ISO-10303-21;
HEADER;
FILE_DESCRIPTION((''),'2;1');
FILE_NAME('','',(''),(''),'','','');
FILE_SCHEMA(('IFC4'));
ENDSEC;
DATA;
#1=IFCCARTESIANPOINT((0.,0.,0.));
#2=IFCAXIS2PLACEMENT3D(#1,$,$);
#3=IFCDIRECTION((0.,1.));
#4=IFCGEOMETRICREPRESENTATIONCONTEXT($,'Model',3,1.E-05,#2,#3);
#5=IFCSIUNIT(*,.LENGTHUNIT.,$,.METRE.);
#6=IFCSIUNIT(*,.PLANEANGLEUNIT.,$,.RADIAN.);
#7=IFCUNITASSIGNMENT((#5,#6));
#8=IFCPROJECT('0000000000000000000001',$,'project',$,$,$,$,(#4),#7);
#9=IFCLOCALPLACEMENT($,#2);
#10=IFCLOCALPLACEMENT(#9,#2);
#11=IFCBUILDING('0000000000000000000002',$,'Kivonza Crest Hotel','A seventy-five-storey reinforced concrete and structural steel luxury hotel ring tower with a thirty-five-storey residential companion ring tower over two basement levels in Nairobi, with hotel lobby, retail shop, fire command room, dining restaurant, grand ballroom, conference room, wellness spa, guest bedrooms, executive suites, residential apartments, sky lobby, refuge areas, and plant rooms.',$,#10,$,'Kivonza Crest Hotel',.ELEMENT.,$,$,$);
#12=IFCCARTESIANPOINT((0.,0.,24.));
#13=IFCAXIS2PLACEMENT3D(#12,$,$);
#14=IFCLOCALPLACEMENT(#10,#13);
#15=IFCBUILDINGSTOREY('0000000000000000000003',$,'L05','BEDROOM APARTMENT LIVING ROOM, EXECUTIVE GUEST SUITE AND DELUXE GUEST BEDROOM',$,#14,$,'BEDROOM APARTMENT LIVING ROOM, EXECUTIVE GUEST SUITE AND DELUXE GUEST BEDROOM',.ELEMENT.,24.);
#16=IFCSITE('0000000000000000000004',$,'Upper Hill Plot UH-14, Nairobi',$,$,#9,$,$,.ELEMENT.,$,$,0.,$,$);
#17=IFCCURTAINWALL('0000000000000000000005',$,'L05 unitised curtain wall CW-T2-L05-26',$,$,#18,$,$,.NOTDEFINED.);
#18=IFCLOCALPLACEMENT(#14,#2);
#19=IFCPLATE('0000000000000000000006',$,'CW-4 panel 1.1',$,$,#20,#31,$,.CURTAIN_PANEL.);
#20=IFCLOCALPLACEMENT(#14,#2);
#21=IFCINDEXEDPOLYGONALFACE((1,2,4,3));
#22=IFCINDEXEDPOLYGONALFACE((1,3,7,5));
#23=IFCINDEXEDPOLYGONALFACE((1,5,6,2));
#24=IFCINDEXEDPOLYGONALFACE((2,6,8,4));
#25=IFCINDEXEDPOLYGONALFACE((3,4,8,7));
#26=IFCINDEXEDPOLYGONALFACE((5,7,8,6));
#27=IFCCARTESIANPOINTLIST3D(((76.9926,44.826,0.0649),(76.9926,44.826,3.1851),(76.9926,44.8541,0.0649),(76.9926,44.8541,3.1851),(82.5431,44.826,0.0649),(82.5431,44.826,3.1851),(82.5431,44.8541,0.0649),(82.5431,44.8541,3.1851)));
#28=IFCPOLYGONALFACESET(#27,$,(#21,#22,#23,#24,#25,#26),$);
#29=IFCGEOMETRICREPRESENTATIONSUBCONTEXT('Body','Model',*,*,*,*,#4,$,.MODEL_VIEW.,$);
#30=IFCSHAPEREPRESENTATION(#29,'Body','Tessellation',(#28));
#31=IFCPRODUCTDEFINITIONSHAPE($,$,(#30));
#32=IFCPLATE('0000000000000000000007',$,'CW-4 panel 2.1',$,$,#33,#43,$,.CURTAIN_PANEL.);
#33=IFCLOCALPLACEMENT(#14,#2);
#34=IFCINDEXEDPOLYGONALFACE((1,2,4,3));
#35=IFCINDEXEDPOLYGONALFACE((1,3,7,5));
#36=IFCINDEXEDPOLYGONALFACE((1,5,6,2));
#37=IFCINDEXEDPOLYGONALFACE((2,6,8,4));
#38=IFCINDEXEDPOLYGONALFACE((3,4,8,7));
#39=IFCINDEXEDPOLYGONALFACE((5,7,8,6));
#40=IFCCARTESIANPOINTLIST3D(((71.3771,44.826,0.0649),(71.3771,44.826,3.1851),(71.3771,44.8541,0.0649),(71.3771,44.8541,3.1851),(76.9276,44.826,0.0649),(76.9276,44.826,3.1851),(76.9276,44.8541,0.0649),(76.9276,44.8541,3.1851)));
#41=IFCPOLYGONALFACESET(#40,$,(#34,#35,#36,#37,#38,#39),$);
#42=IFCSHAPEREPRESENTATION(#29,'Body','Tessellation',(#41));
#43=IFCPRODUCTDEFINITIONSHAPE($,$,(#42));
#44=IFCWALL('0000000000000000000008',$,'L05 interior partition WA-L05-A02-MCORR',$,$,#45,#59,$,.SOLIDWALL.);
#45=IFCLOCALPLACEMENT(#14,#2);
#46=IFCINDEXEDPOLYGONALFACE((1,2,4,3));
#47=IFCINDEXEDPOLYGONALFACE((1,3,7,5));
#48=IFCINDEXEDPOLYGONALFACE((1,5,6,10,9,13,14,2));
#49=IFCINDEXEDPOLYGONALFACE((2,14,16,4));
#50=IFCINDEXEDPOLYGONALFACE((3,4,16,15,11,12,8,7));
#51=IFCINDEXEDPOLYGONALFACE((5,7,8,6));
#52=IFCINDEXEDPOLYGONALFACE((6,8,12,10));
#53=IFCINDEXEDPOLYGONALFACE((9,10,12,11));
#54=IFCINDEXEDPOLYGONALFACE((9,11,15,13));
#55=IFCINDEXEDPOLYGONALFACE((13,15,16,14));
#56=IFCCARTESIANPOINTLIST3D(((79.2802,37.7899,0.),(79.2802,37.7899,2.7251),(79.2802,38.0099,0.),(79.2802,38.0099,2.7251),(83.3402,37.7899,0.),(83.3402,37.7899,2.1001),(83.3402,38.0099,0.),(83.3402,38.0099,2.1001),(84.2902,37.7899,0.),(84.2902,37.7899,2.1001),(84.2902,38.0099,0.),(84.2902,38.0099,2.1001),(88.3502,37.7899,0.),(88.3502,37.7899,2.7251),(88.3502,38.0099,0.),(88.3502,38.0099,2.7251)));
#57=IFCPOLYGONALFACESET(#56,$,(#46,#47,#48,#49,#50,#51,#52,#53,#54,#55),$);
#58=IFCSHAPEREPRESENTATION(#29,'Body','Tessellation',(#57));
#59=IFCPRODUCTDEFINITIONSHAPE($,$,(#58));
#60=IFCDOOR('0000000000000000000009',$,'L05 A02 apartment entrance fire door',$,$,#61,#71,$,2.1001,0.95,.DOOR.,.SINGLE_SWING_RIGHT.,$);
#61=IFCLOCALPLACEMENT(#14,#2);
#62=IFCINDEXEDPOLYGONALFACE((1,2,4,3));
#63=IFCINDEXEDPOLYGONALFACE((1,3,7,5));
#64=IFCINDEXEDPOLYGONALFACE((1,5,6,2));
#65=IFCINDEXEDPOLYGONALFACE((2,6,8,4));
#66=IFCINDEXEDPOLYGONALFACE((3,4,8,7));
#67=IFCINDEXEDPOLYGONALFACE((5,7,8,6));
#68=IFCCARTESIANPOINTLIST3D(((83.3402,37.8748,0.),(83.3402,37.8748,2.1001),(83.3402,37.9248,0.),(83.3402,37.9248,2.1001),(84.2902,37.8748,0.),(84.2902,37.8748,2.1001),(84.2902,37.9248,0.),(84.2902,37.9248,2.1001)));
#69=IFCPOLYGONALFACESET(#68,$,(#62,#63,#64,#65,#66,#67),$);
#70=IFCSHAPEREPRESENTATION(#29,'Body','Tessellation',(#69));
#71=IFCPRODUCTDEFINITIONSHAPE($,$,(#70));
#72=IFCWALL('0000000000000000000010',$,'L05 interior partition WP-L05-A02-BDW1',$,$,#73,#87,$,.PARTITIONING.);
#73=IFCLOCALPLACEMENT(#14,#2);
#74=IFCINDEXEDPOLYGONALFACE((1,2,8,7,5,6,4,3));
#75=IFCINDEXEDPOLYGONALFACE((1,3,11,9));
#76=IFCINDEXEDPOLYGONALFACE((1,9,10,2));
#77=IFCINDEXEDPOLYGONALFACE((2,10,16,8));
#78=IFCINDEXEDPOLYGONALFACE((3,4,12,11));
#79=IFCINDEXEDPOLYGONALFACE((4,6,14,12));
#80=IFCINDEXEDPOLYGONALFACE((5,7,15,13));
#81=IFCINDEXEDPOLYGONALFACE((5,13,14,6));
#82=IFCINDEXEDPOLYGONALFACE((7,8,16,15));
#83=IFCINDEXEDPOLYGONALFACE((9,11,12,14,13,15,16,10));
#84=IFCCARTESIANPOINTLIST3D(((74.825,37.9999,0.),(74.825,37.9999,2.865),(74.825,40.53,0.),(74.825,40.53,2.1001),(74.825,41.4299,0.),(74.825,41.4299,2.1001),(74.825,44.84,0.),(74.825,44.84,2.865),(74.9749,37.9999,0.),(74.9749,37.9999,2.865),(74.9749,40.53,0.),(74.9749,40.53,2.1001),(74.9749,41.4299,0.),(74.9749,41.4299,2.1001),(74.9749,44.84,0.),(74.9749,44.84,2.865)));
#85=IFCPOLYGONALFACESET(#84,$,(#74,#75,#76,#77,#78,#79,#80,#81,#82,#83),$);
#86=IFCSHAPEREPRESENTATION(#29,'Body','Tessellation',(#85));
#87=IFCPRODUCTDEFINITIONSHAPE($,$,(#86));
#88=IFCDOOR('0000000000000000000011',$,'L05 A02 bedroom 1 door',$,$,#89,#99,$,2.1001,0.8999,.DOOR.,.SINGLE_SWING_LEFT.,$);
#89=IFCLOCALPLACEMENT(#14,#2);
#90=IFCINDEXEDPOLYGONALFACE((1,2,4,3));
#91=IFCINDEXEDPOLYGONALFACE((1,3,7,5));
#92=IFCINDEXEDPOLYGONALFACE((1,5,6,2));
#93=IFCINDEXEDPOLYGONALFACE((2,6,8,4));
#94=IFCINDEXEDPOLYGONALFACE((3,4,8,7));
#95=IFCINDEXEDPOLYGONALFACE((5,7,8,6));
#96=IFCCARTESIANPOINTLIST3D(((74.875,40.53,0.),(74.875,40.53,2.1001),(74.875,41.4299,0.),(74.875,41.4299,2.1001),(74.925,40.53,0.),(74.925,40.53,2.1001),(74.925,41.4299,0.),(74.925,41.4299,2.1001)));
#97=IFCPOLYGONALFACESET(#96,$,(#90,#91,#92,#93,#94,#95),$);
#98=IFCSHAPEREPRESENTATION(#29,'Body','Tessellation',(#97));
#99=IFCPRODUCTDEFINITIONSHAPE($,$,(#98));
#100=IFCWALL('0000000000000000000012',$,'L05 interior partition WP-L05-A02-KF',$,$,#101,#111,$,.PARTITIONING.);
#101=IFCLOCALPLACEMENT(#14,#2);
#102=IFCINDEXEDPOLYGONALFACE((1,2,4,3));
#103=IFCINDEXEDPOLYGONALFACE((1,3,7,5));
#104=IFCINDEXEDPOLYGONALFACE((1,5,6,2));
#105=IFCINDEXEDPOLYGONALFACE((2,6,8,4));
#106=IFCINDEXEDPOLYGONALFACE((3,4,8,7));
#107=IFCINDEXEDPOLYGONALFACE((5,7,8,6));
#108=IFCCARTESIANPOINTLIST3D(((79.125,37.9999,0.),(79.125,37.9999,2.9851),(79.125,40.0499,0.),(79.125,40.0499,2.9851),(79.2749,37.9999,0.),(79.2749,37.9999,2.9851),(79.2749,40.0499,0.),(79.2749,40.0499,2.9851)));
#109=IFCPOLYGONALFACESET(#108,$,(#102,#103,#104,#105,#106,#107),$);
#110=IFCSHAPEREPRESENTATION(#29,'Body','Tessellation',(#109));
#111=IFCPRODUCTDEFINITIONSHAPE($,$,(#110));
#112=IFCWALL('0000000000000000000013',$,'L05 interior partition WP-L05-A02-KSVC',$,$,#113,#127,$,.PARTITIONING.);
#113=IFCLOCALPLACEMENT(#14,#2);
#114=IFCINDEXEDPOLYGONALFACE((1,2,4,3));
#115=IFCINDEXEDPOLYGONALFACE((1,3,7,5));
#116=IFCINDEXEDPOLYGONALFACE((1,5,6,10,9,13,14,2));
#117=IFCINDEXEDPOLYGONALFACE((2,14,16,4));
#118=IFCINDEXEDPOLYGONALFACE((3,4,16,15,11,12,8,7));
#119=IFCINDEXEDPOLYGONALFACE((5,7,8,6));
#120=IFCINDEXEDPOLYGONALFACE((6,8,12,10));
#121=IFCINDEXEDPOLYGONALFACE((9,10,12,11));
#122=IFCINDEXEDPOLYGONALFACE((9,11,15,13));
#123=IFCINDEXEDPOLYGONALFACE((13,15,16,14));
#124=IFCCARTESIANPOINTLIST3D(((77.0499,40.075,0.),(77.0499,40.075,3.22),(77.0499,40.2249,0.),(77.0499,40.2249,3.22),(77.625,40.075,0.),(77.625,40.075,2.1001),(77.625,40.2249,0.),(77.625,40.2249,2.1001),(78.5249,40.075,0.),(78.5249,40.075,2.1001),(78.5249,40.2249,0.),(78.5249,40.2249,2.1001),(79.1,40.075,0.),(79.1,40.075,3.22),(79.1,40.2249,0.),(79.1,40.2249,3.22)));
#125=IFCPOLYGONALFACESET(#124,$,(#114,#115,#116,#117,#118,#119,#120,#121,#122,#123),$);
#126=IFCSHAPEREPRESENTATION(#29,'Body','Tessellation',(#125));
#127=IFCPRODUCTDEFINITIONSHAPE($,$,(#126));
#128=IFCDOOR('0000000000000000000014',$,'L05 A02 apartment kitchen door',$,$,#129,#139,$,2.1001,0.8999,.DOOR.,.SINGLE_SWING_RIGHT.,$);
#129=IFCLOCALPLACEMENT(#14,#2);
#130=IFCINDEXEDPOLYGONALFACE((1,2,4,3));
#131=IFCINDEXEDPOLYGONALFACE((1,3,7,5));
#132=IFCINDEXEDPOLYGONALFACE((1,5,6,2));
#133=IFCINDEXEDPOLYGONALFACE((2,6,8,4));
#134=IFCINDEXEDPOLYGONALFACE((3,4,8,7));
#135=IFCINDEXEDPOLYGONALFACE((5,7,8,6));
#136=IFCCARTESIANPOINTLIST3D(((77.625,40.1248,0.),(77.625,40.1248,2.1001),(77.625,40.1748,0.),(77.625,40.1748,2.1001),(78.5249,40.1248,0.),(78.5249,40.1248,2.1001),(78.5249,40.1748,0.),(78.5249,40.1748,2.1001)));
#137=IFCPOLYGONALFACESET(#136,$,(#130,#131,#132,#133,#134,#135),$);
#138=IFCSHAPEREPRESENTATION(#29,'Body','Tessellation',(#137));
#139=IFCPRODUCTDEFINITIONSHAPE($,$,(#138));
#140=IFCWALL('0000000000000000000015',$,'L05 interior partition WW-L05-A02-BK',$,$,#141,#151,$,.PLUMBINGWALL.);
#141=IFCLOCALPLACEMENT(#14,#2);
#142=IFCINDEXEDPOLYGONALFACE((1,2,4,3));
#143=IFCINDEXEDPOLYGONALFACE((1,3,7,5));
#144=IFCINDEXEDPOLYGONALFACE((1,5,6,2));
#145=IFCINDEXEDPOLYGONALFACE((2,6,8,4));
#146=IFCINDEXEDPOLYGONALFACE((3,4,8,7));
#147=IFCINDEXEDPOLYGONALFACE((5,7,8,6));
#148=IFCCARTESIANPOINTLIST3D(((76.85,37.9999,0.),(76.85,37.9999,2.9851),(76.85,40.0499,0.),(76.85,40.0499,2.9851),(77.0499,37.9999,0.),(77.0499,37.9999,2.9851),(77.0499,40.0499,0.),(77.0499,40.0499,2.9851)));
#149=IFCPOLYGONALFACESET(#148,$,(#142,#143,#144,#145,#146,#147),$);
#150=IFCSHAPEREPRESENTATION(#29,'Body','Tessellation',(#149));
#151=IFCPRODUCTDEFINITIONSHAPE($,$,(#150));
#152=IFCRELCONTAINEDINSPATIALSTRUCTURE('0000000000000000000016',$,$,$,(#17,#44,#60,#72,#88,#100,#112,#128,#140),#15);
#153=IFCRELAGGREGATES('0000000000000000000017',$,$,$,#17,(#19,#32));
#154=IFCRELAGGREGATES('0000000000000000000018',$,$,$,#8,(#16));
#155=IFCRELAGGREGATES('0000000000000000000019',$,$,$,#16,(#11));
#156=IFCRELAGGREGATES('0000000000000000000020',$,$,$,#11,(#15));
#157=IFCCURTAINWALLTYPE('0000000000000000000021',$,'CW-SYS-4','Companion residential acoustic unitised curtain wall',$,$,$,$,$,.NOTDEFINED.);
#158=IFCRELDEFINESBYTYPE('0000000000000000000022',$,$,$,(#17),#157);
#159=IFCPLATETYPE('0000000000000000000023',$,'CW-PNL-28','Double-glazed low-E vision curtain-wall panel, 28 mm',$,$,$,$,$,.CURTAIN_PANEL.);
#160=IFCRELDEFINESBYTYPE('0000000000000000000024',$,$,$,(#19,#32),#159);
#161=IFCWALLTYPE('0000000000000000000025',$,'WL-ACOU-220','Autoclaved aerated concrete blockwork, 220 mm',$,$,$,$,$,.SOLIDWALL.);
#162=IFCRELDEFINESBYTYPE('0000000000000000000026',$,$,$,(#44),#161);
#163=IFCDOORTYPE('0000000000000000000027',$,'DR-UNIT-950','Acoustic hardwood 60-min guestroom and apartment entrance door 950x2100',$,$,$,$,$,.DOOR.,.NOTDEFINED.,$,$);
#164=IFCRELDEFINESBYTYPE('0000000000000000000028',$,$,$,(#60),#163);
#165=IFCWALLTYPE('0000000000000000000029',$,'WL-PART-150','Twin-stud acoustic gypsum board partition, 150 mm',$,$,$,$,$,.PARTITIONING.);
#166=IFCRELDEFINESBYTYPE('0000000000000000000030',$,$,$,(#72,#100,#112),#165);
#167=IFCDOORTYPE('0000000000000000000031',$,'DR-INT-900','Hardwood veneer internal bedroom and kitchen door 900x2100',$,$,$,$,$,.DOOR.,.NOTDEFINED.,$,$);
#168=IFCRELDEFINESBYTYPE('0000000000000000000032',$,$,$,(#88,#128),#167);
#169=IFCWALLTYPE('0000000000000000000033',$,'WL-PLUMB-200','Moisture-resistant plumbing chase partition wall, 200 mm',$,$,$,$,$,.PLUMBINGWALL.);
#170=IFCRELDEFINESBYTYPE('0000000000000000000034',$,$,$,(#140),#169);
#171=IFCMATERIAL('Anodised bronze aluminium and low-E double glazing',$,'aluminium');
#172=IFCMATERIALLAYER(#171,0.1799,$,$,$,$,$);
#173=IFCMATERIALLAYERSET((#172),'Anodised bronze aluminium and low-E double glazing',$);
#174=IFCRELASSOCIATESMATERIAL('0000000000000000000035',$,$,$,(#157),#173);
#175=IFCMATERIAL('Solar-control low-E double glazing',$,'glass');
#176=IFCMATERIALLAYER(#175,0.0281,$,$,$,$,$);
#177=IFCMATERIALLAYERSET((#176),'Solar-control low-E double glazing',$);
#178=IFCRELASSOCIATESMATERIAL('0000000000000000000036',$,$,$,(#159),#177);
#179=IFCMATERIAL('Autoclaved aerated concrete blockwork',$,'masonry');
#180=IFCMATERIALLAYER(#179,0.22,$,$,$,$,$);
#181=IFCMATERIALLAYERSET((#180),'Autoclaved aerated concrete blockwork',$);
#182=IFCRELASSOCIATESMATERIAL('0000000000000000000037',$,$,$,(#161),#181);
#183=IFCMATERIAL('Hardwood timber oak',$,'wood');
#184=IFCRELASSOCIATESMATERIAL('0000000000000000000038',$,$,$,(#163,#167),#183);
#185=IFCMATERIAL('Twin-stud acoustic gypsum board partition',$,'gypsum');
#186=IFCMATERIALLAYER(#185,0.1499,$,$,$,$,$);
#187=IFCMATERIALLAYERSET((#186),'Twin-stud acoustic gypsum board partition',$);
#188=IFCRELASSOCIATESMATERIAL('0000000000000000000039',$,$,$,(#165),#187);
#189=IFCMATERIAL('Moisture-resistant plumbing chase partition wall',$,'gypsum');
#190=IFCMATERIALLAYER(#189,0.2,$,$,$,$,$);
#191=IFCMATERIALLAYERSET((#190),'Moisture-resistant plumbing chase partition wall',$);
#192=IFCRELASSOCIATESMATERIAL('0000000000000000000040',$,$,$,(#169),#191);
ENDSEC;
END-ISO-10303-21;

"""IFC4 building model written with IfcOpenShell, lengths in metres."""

from ifc_helpers import new_model, si_unit, direction, frame, frame_2d, origin, origin_2d, place, context, subcontext, project, spatial, rectangle, extrude, material, layer, layer_set, type_object, element, fill, aggregate, save


model = new_model("IFC4")

# Units and contexts
model_context = context("Model", 3, precision=1e-05, world=origin(), true_north=direction((0.0, 1.0)))
body_context = subcontext(model_context, "Body", "Model", "MODEL_VIEW")
ifc_project = project(units=[si_unit("LENGTHUNIT", "METRE"), si_unit("PLANEANGLEUNIT", "RADIAN")], contexts=[model_context])

# Site, building, storey
site_placement = place(None, origin())
site = spatial("IfcSite", under=ifc_project, at=site_placement, Name="Upper Hill Plot UH-14, Nairobi", CompositionType="ELEMENT", RefElevation=0.0)
building_placement = place(site_placement, origin())
building = spatial("IfcBuilding", under=site, at=building_placement, Name="Kivonza Crest Hotel", Description="A seventy-five-storey reinforced concrete and structural steel luxury hotel ring tower with a thirty-five-storey residential companion ring tower over two basement levels in Nairobi, with hotel lobby, retail shop, fire command room, dining restaurant, grand ballroom, conference room, wellness spa, guest bedrooms, executive suites, residential apartments, sky lobby, refuge areas, and plant rooms.", LongName="Kivonza Crest Hotel", CompositionType="ELEMENT")
storey_placement = place(building_placement, frame((0.0, 0.0, 24.0)))
storey = spatial("IfcBuildingStorey", under=building, at=storey_placement, Name="L05", Description="BEDROOM APARTMENT LIVING ROOM, EXECUTIVE GUEST SUITE AND DELUXE GUEST BEDROOM", LongName="BEDROOM APARTMENT LIVING ROOM, EXECUTIVE GUEST SUITE AND DELUXE GUEST BEDROOM", CompositionType="ELEMENT", Elevation=24.0)

# Curtain wall, plates
ifc_material_1 = material(Name="Anodised bronze aluminium and low-E double glazing", Category="aluminium")
ifc_layer_1 = layer(ifc_material_1, 0.1799)
ifc_layer_set_1 = layer_set([ifc_layer_1], Name="Anodised bronze aluminium and low-E double glazing")
curtain_wall_type = type_object("IfcCurtainWallType", Name="CW-SYS-4", Description="Companion residential acoustic unitised curtain wall", PredefinedType="NOTDEFINED", material=ifc_layer_set_1)
curtain_wall_placement = place(storey_placement, origin())
curtain_wall = element("IfcCurtainWall", 1, at=curtain_wall_placement, inside=storey, type_object=curtain_wall_type, Name="L05 unitised curtain wall CW-T2-L05-26", PredefinedType="NOTDEFINED")
ifc_material_2 = material(Name="Solar-control low-E double glazing", Category="glass")
ifc_layer_2 = layer(ifc_material_2, 0.0281)
ifc_layer_set_2 = layer_set([ifc_layer_2], Name="Solar-control low-E double glazing")
plate_type = type_object("IfcPlateType", Name="CW-PNL-28", Description="Double-glazed low-E vision curtain-wall panel, 28 mm", PredefinedType="CURTAIN_PANEL", material=ifc_layer_set_2)
plate_1_placement = place(storey_placement, frame((79.7678, 44.8401, 0.0649), z_axis=(0.0, 0.0, 1.0), x_axis=(-1.0, 0.0, 0.0)))
plate_1 = element("IfcPlate", 2, at=plate_1_placement, type_object=plate_type, Name="CW-4 panel 1.1", PredefinedType="CURTAIN_PANEL", context=body_context, shape_type="SweptSolid", body=[
    extrude(rectangle(XDim=5.5505, YDim=0.0281, at=origin_2d()), origin(), (0.0, 0.0, 1.0), 3.1201),
])
plate_2_placement = place(storey_placement, frame((74.1523, 44.8401, 0.0649), z_axis=(0.0, 0.0, 1.0), x_axis=(-1.0, 0.0, 0.0)))
plate_2 = element("IfcPlate", 3, at=plate_2_placement, type_object=plate_type, Name="CW-4 panel 2.1", PredefinedType="CURTAIN_PANEL", context=body_context, shape_type="SweptSolid", body=[
    extrude(rectangle(XDim=5.5505, YDim=0.0281, at=origin_2d()), origin(), (0.0, 0.0, 1.0), 3.1201),
])
aggregate(curtain_wall, [plate_1, plate_2])

# Walls, openings, doors
ifc_material_3 = material(Name="Autoclaved aerated concrete blockwork", Category="masonry")
ifc_layer_3 = layer(ifc_material_3, 0.22)
ifc_layer_set_3 = layer_set([ifc_layer_3], Name="Autoclaved aerated concrete blockwork")
wall_type_1 = type_object("IfcWallType", Name="WL-ACOU-220", Description="Autoclaved aerated concrete blockwork, 220 mm", PredefinedType="SOLIDWALL", material=ifc_layer_set_3)
wall_1_placement = place(storey_placement, frame((79.28, 37.8999, 0.0), z_axis=(0.0, 0.0, 1.0), x_axis=(1.0, 0.0, 0.0)))
wall_1 = element("IfcWall", 4, at=wall_1_placement, inside=storey, type_object=wall_type_1, Name="L05 interior partition WA-L05-A02-MCORR", PredefinedType="SOLIDWALL", context=body_context, shape_type="SweptSolid", body=[
    extrude(rectangle(XDim=9.0701, YDim=0.22, at=frame_2d((4.5352, 0.0))), origin(), (0.0, 0.0, 1.0), 2.7251),
])
opening_1_placement = place(wall_1_placement, frame((4.0601, 0.0, 0.0)))
opening_1 = element("IfcOpeningElement", 5, at=opening_1_placement, cuts=wall_1, PredefinedType="OPENING", context=body_context, shape_type="SweptSolid", body=[
    extrude(rectangle(XDim=0.95, YDim=2.1001, at=frame_2d((0.4751, 1.05))), frame((0.0, 0.1201, 0.0), z_axis=(0.0, -1.0, 0.0), x_axis=(1.0, 0.0, 0.0)), (0.0, 0.0, 1.0), 0.24),
])
ifc_material_4 = material(Name="Hardwood timber oak", Category="wood")
door_type_1 = type_object("IfcDoorType", Name="DR-UNIT-950", Description="Acoustic hardwood 60-min guestroom and apartment entrance door 950x2100", OperationType="NOTDEFINED", PredefinedType="DOOR", material=ifc_material_4)
door_1_placement = place(opening_1_placement, origin())
door_1 = element("IfcDoor", 6, at=door_1_placement, inside=storey, type_object=door_type_1, Name="L05 A02 apartment entrance fire door", OperationType="SINGLE_SWING_RIGHT", OverallHeight=2.1001, OverallWidth=0.95, PredefinedType="DOOR", context=body_context, shape_type="SweptSolid", body=[
    extrude(rectangle(XDim=0.95, YDim=2.1001, at=frame_2d((0.4751, 1.05))), frame((0.0, 0.0249, 0.0), z_axis=(0.0, -1.0, 0.0), x_axis=(1.0, 0.0, 0.0)), (0.0, 0.0, 1.0), 0.05),
])
fill(opening_1, door_1)
ifc_material_5 = material(Name="Twin-stud acoustic gypsum board partition", Category="gypsum")
ifc_layer_4 = layer(ifc_material_5, 0.1499)
ifc_layer_set_4 = layer_set([ifc_layer_4], Name="Twin-stud acoustic gypsum board partition")
wall_type_2 = type_object("IfcWallType", Name="WL-PART-150", Description="Twin-stud acoustic gypsum board partition, 150 mm", PredefinedType="PARTITIONING", material=ifc_layer_set_4)
wall_2_placement = place(storey_placement, frame((74.8999, 38.0, 0.0), z_axis=(0.0, 0.0, 1.0), x_axis=(0.0, 1.0, 0.0)))
wall_2 = element("IfcWall", 7, at=wall_2_placement, inside=storey, type_object=wall_type_2, Name="L05 interior partition WP-L05-A02-BDW1", PredefinedType="PARTITIONING", context=body_context, shape_type="SweptSolid", body=[
    extrude(rectangle(XDim=6.8401, YDim=0.1499, at=frame_2d((3.4199, 0.0))), origin(), (0.0, 0.0, 1.0), 2.865),
])
opening_2_placement = place(wall_2_placement, frame((2.53, 0.0, 0.0)))
opening_2 = element("IfcOpeningElement", 8, at=opening_2_placement, cuts=wall_2, PredefinedType="OPENING", context=body_context, shape_type="SweptSolid", body=[
    extrude(rectangle(XDim=0.8999, YDim=2.1001, at=frame_2d((0.45, 1.05))), frame((0.0, 0.085, 0.0), z_axis=(0.0, -1.0, 0.0), x_axis=(1.0, 0.0, 0.0)), (0.0, 0.0, 1.0), 0.1699),
])
door_type_2 = type_object("IfcDoorType", Name="DR-INT-900", Description="Hardwood veneer internal bedroom and kitchen door 900x2100", OperationType="NOTDEFINED", PredefinedType="DOOR", material=ifc_material_4)
door_2_placement = place(opening_2_placement, origin())
door_2 = element("IfcDoor", 9, at=door_2_placement, inside=storey, type_object=door_type_2, Name="L05 A02 bedroom 1 door", OperationType="SINGLE_SWING_LEFT", OverallHeight=2.1001, OverallWidth=0.8999, PredefinedType="DOOR", context=body_context, shape_type="SweptSolid", body=[
    extrude(rectangle(XDim=0.8999, YDim=2.1001, at=frame_2d((0.45, 1.05))), frame((0.0, 0.0249, 0.0), z_axis=(0.0, -1.0, 0.0), x_axis=(1.0, 0.0, 0.0)), (0.0, 0.0, 1.0), 0.05),
])
fill(opening_2, door_2)

# Wall
wall_3_placement = place(storey_placement, frame((79.2, 38.0, 0.0), z_axis=(0.0, 0.0, 1.0), x_axis=(0.0, 1.0, 0.0)))
element("IfcWall", 10, at=wall_3_placement, inside=storey, type_object=wall_type_2, Name="L05 interior partition WP-L05-A02-KF", PredefinedType="PARTITIONING", context=body_context, shape_type="SweptSolid", body=[
    extrude(rectangle(XDim=2.05, YDim=0.1499, at=frame_2d((1.0249, 0.0))), origin(), (0.0, 0.0, 1.0), 2.9851),
])

# Wall, opening, door
wall_4_placement = place(storey_placement, frame((77.05, 40.1499, 0.0), z_axis=(0.0, 0.0, 1.0), x_axis=(1.0, 0.0, 0.0)))
wall_4 = element("IfcWall", 11, at=wall_4_placement, inside=storey, type_object=wall_type_2, Name="L05 interior partition WP-L05-A02-KSVC", PredefinedType="PARTITIONING", context=body_context, shape_type="SweptSolid", body=[
    extrude(rectangle(XDim=2.05, YDim=0.1499, at=frame_2d((1.0249, 0.0))), origin(), (0.0, 0.0, 1.0), 3.22),
])
opening_3_placement = place(wall_4_placement, frame((0.575, 0.0, 0.0)))
opening_3 = element("IfcOpeningElement", 12, at=opening_3_placement, cuts=wall_4, PredefinedType="OPENING", context=body_context, shape_type="SweptSolid", body=[
    extrude(rectangle(XDim=0.8999, YDim=2.1001, at=frame_2d((0.45, 1.05))), frame((0.0, 0.085, 0.0), z_axis=(0.0, -1.0, 0.0), x_axis=(1.0, 0.0, 0.0)), (0.0, 0.0, 1.0), 0.1699),
])
door_3_placement = place(opening_3_placement, origin())
door_3 = element("IfcDoor", 13, at=door_3_placement, inside=storey, type_object=door_type_2, Name="L05 A02 apartment kitchen door", OperationType="SINGLE_SWING_RIGHT", OverallHeight=2.1001, OverallWidth=0.8999, PredefinedType="DOOR", context=body_context, shape_type="SweptSolid", body=[
    extrude(rectangle(XDim=0.8999, YDim=2.1001, at=frame_2d((0.45, 1.05))), frame((0.0, 0.0249, 0.0), z_axis=(0.0, -1.0, 0.0), x_axis=(1.0, 0.0, 0.0)), (0.0, 0.0, 1.0), 0.05),
])
fill(opening_3, door_3)

# Wall
ifc_material_6 = material(Name="Moisture-resistant plumbing chase partition wall", Category="gypsum")
ifc_layer_5 = layer(ifc_material_6, 0.2)
ifc_layer_set_5 = layer_set([ifc_layer_5], Name="Moisture-resistant plumbing chase partition wall")
wall_type_3 = type_object("IfcWallType", Name="WL-PLUMB-200", Description="Moisture-resistant plumbing chase partition wall, 200 mm", PredefinedType="PLUMBINGWALL", material=ifc_layer_set_5)
wall_5_placement = place(storey_placement, frame((76.95, 38.0, 0.0), z_axis=(0.0, 0.0, 1.0), x_axis=(0.0, 1.0, 0.0)))
element("IfcWall", 14, at=wall_5_placement, inside=storey, type_object=wall_type_3, Name="L05 interior partition WW-L05-A02-BK", PredefinedType="PLUMBINGWALL", context=body_context, shape_type="SweptSolid", body=[
    extrude(rectangle(XDim=2.05, YDim=0.2, at=frame_2d((1.0249, 0.0))), origin(), (0.0, 0.0, 1.0), 2.9851),
])

save(model, "model.ifc")
